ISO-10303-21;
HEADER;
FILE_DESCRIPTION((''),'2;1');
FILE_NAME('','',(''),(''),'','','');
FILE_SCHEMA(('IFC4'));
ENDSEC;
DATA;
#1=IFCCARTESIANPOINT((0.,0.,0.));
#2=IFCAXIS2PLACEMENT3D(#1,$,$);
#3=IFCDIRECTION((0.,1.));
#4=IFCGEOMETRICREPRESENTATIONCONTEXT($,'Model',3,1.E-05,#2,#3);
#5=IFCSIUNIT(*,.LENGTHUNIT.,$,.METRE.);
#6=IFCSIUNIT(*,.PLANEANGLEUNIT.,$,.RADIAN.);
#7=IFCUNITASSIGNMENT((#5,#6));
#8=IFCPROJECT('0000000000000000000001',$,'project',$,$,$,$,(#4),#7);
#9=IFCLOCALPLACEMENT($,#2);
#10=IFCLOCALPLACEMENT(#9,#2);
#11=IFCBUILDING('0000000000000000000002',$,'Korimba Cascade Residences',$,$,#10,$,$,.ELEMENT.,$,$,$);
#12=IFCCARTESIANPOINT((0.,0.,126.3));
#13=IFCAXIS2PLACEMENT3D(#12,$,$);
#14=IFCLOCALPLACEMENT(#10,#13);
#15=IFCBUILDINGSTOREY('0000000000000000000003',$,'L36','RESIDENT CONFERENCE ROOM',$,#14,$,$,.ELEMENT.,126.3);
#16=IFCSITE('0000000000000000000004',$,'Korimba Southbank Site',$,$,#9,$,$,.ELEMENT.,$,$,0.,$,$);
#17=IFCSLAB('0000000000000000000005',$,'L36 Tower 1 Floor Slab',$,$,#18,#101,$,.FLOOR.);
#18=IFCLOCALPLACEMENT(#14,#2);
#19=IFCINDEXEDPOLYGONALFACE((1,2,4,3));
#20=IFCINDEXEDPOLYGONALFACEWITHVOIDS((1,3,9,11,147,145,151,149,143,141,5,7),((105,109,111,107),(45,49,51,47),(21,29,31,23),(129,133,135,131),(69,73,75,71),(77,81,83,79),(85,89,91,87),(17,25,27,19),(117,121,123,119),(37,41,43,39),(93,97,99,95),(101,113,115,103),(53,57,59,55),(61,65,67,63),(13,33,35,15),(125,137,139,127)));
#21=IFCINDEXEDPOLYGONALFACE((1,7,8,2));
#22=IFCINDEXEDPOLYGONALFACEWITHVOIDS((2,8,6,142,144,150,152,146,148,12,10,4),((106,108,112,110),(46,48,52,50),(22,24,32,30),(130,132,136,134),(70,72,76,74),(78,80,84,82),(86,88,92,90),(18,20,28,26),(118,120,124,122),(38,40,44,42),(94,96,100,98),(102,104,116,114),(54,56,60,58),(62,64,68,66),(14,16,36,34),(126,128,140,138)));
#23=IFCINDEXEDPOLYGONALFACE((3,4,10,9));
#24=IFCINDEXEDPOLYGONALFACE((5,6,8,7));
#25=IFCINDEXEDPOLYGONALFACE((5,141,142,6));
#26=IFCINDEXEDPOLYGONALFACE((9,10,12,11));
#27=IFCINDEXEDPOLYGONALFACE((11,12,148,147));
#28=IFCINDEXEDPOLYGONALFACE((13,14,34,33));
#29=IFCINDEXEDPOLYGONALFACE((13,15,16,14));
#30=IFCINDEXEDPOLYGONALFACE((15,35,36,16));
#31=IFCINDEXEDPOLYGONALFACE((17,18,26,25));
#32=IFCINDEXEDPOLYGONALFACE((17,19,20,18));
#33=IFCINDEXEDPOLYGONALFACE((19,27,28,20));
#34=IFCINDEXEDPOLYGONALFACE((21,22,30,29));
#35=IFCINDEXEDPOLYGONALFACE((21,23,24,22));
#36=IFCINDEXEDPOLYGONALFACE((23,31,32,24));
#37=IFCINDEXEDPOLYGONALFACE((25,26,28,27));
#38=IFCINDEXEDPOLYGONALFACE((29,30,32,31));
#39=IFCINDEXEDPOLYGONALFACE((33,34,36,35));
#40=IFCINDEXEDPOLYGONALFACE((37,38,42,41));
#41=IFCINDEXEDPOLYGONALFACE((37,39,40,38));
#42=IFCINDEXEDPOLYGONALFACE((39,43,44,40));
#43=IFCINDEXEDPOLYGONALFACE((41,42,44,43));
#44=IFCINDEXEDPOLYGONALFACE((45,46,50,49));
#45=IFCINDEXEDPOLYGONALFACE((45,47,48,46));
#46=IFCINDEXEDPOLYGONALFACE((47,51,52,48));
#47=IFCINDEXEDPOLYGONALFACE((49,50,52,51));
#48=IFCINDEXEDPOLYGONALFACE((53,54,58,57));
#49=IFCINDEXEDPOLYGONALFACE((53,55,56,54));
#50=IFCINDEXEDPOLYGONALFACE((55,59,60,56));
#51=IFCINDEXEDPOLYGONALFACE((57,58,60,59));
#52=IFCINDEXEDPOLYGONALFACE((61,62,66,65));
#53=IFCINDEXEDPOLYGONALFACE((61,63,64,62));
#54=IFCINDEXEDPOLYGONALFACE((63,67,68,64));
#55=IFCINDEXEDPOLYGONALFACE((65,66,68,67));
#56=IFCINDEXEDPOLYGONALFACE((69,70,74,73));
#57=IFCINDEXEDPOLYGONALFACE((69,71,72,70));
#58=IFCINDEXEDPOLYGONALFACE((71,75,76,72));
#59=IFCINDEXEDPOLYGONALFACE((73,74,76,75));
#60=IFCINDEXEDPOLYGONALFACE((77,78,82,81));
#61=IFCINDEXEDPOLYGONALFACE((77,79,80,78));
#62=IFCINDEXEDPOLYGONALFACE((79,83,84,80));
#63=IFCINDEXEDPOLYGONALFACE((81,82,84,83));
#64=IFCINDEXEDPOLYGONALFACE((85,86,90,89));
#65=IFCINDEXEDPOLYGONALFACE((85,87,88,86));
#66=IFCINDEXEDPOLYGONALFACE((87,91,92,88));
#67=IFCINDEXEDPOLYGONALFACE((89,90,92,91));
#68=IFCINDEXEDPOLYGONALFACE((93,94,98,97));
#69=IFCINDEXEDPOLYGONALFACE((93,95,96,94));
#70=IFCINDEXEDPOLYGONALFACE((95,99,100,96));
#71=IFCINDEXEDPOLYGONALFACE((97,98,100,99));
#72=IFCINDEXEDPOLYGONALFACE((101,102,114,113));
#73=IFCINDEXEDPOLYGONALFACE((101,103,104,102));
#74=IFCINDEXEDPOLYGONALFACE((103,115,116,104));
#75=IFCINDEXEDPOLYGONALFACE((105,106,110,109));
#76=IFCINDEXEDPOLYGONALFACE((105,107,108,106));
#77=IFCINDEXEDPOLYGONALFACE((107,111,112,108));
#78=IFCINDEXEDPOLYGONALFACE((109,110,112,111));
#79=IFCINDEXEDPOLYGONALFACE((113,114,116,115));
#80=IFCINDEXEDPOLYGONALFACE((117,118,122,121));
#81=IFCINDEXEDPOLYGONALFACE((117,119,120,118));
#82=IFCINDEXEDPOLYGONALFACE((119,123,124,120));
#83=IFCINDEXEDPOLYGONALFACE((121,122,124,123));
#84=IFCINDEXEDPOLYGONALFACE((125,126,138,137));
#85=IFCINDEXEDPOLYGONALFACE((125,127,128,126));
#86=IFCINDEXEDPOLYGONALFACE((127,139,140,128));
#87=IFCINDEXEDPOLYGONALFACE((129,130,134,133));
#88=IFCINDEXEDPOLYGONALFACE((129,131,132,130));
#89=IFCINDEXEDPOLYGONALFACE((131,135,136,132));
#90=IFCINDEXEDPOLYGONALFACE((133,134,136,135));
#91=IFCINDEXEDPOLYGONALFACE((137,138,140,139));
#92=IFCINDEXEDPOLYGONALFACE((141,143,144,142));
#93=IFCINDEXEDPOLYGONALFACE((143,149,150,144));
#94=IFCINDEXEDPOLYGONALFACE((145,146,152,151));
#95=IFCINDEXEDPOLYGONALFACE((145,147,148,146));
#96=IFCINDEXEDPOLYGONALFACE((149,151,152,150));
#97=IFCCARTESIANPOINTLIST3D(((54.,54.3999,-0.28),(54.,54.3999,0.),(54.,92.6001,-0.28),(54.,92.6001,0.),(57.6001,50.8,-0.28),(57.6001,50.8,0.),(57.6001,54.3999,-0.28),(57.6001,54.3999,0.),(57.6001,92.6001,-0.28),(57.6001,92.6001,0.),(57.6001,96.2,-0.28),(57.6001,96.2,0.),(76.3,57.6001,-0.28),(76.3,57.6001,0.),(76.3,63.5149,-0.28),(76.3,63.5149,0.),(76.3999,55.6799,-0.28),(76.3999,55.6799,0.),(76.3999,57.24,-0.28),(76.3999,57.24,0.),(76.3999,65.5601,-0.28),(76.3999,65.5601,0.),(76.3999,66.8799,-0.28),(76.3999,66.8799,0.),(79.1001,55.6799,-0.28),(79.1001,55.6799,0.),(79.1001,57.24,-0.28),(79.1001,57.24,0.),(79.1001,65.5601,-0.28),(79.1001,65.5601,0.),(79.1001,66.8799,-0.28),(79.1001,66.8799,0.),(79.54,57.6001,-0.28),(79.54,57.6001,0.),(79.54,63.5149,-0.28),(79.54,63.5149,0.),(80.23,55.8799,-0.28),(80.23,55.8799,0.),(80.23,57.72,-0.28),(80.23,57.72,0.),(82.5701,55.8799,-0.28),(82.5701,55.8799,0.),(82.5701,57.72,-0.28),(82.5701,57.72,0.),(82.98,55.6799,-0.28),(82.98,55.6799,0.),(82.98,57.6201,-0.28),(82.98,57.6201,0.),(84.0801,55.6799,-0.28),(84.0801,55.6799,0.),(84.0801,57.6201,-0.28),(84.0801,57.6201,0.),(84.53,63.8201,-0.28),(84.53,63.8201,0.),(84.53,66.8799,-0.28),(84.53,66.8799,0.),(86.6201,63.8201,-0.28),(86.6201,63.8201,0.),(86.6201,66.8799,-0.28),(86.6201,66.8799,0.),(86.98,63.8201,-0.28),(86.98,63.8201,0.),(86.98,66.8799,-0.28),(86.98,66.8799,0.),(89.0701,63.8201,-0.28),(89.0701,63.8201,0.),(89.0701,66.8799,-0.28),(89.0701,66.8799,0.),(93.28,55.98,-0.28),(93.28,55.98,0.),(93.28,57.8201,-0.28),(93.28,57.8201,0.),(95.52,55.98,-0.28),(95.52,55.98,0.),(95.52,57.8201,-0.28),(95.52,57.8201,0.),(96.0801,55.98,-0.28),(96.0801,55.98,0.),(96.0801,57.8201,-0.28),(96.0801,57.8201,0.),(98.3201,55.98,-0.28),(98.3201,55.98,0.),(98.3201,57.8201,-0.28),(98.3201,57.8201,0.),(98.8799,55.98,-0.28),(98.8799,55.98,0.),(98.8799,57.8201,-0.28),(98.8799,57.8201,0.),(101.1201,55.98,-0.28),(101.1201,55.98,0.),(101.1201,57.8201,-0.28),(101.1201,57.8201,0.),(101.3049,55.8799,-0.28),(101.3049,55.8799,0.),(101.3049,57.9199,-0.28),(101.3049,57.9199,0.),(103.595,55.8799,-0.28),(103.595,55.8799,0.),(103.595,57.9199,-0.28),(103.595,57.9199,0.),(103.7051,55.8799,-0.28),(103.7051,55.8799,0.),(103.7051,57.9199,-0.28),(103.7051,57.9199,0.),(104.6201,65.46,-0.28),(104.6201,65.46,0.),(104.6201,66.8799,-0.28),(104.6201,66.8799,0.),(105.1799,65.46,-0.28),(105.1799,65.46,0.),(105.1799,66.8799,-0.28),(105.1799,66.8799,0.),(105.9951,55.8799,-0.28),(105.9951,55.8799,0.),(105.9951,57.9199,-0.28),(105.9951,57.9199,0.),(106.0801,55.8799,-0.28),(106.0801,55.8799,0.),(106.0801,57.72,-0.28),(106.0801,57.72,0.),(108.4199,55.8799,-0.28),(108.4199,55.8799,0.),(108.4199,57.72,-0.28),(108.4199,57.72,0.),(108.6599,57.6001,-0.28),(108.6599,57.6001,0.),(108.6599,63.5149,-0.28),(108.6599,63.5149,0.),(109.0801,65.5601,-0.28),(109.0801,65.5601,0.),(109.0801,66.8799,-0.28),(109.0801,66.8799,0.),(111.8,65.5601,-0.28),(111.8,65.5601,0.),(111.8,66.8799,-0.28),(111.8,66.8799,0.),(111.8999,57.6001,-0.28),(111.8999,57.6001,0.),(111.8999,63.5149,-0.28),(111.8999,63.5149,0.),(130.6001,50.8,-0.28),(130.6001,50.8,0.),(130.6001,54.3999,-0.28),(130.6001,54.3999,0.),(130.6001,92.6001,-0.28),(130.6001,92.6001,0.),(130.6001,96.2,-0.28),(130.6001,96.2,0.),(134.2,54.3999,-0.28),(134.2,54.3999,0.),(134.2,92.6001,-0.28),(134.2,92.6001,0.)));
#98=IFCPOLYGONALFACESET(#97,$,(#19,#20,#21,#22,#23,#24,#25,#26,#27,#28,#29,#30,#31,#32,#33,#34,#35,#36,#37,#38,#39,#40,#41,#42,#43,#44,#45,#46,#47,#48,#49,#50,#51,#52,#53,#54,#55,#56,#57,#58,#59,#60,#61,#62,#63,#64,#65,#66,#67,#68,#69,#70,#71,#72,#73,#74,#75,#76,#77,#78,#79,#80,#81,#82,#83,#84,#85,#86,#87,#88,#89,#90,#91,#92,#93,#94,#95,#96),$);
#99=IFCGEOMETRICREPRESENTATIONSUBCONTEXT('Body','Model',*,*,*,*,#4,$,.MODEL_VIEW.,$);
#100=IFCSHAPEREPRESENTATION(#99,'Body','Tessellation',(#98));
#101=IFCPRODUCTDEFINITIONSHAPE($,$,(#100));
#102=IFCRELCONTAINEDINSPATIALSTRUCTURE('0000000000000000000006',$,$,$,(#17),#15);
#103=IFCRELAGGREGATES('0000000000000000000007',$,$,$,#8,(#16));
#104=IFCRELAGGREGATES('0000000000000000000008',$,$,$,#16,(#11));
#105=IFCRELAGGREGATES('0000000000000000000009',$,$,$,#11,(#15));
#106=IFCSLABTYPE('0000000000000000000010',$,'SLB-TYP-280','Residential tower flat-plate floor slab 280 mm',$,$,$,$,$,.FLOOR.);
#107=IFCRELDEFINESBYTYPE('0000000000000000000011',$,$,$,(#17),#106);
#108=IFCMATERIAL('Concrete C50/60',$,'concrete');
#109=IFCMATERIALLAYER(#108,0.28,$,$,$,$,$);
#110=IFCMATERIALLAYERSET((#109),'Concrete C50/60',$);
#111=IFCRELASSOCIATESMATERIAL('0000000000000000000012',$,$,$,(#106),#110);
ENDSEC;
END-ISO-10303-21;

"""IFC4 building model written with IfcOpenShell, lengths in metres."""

from ifc_helpers import new_model, si_unit, direction, frame, origin, place, context, subcontext, project, spatial, polyline, outline, extrude, material, layer, layer_set, type_object, element, save


model = new_model("IFC4")

# Units and contexts
model_context = context("Model", 3, precision=1e-05, world=origin(), true_north=direction((0.0, 1.0)))
body_context = subcontext(model_context, "Body", "Model", "MODEL_VIEW")
ifc_project = project(units=[si_unit("LENGTHUNIT", "METRE"), si_unit("PLANEANGLEUNIT", "RADIAN")], contexts=[model_context])

# Site, building, storey
site_placement = place(None, origin())
site = spatial("IfcSite", under=ifc_project, at=site_placement, Name="Korimba Southbank Site", CompositionType="ELEMENT", RefElevation=0.0)
building_placement = place(site_placement, origin())
building = spatial("IfcBuilding", under=site, at=building_placement, Name="Korimba Cascade Residences", CompositionType="ELEMENT")
storey_placement = place(building_placement, frame((0.0, 0.0, 126.3)))
storey = spatial("IfcBuildingStorey", under=building, at=storey_placement, Name="L36", Description="RESIDENT CONFERENCE ROOM", CompositionType="ELEMENT", Elevation=126.3)

# Shared definitions
ifc_material_1 = material(Name="Concrete C50/60", Category="concrete")

# Slab
ifc_layer_1 = layer(ifc_material_1, 0.28)
ifc_layer_set_1 = layer_set([ifc_layer_1], Name="Concrete C50/60")
slab_type_1 = type_object("IfcSlabType", Name="SLB-TYP-280", Description="Residential tower flat-plate floor slab 280 mm", PredefinedType="FLOOR", material=ifc_layer_set_1)
slab_1_placement = place(storey_placement, frame((0.0, 0.0, -0.28)))
element("IfcSlab", 1, at=slab_1_placement, inside=storey, type_object=slab_type_1, Name="L36 Tower 1 Floor Slab", PredefinedType="FLOOR", context=body_context, shape_type="SweptSolid", body=[
    extrude(outline(polyline([(57.6001, 50.8), (130.6001, 50.8), (130.6001, 54.3999), (134.2, 54.3999), (134.2, 92.6001), (130.6001, 92.6001), (130.6001, 96.2), (57.6001, 96.2), (57.6001, 92.6001), (54.0, 92.6001), (54.0, 54.3999), (57.6001, 54.3999), (57.6001, 50.8)]), holes=[polyline([(76.3, 63.5149), (76.3, 57.6001), (79.54, 57.6001), (79.54, 63.5149), (76.3, 63.5149)]), polyline([(108.6599, 63.5149), (108.6599, 57.6001), (111.8999, 57.6001), (111.8999, 63.5149), (108.6599, 63.5149)]), polyline([(80.23, 55.8799), (82.5701, 55.8799), (82.5701, 57.72), (80.23, 57.72), (80.23, 55.8799)]), polyline([(106.0801, 55.8799), (108.4199, 55.8799), (108.4199, 57.72), (106.0801, 57.72), (106.0801, 55.8799)]), polyline([(93.28, 55.98), (95.52, 55.98), (95.52, 57.8201), (93.28, 57.8201), (93.28, 55.98)]), polyline([(96.0801, 55.98), (98.3201, 55.98), (98.3201, 57.8201), (96.0801, 57.8201), (96.0801, 55.98)]), polyline([(98.8799, 55.98), (101.1201, 55.98), (101.1201, 57.8201), (98.8799, 57.8201), (98.8799, 55.98)]), polyline([(101.3049, 55.8799), (103.595, 55.8799), (103.595, 57.9199), (101.3049, 57.9199), (101.3049, 55.8799)]), polyline([(103.7051, 55.8799), (105.9951, 55.8799), (105.9951, 57.9199), (103.7051, 57.9199), (103.7051, 55.8799)]), polyline([(82.98, 55.6799), (84.0801, 55.6799), (84.0801, 57.6201), (82.98, 57.6201), (82.98, 55.6799)]), polyline([(76.3999, 65.5601), (79.1001, 65.5601), (79.1001, 66.8799), (76.3999, 66.8799), (76.3999, 65.5601)]), polyline([(76.3999, 55.6799), (79.1001, 55.6799), (79.1001, 57.24), (76.3999, 57.24), (76.3999, 55.6799)]), polyline([(84.53, 63.8201), (86.6201, 63.8201), (86.6201, 66.8799), (84.53, 66.8799), (84.53, 63.8201)]), polyline([(86.98, 63.8201), (89.0701, 63.8201), (89.0701, 66.8799), (86.98, 66.8799), (86.98, 63.8201)]), polyline([(104.6201, 65.46), (105.1799, 65.46), (105.1799, 66.8799), (104.6201, 66.8799), (104.6201, 65.46)]), polyline([(109.0801, 65.5601), (111.8, 65.5601), (111.8, 66.8799), (109.0801, 66.8799), (109.0801, 65.5601)])]), origin(), (0.0, 0.0, 1.0), 0.28),
])

save(model, "model.ifc")
